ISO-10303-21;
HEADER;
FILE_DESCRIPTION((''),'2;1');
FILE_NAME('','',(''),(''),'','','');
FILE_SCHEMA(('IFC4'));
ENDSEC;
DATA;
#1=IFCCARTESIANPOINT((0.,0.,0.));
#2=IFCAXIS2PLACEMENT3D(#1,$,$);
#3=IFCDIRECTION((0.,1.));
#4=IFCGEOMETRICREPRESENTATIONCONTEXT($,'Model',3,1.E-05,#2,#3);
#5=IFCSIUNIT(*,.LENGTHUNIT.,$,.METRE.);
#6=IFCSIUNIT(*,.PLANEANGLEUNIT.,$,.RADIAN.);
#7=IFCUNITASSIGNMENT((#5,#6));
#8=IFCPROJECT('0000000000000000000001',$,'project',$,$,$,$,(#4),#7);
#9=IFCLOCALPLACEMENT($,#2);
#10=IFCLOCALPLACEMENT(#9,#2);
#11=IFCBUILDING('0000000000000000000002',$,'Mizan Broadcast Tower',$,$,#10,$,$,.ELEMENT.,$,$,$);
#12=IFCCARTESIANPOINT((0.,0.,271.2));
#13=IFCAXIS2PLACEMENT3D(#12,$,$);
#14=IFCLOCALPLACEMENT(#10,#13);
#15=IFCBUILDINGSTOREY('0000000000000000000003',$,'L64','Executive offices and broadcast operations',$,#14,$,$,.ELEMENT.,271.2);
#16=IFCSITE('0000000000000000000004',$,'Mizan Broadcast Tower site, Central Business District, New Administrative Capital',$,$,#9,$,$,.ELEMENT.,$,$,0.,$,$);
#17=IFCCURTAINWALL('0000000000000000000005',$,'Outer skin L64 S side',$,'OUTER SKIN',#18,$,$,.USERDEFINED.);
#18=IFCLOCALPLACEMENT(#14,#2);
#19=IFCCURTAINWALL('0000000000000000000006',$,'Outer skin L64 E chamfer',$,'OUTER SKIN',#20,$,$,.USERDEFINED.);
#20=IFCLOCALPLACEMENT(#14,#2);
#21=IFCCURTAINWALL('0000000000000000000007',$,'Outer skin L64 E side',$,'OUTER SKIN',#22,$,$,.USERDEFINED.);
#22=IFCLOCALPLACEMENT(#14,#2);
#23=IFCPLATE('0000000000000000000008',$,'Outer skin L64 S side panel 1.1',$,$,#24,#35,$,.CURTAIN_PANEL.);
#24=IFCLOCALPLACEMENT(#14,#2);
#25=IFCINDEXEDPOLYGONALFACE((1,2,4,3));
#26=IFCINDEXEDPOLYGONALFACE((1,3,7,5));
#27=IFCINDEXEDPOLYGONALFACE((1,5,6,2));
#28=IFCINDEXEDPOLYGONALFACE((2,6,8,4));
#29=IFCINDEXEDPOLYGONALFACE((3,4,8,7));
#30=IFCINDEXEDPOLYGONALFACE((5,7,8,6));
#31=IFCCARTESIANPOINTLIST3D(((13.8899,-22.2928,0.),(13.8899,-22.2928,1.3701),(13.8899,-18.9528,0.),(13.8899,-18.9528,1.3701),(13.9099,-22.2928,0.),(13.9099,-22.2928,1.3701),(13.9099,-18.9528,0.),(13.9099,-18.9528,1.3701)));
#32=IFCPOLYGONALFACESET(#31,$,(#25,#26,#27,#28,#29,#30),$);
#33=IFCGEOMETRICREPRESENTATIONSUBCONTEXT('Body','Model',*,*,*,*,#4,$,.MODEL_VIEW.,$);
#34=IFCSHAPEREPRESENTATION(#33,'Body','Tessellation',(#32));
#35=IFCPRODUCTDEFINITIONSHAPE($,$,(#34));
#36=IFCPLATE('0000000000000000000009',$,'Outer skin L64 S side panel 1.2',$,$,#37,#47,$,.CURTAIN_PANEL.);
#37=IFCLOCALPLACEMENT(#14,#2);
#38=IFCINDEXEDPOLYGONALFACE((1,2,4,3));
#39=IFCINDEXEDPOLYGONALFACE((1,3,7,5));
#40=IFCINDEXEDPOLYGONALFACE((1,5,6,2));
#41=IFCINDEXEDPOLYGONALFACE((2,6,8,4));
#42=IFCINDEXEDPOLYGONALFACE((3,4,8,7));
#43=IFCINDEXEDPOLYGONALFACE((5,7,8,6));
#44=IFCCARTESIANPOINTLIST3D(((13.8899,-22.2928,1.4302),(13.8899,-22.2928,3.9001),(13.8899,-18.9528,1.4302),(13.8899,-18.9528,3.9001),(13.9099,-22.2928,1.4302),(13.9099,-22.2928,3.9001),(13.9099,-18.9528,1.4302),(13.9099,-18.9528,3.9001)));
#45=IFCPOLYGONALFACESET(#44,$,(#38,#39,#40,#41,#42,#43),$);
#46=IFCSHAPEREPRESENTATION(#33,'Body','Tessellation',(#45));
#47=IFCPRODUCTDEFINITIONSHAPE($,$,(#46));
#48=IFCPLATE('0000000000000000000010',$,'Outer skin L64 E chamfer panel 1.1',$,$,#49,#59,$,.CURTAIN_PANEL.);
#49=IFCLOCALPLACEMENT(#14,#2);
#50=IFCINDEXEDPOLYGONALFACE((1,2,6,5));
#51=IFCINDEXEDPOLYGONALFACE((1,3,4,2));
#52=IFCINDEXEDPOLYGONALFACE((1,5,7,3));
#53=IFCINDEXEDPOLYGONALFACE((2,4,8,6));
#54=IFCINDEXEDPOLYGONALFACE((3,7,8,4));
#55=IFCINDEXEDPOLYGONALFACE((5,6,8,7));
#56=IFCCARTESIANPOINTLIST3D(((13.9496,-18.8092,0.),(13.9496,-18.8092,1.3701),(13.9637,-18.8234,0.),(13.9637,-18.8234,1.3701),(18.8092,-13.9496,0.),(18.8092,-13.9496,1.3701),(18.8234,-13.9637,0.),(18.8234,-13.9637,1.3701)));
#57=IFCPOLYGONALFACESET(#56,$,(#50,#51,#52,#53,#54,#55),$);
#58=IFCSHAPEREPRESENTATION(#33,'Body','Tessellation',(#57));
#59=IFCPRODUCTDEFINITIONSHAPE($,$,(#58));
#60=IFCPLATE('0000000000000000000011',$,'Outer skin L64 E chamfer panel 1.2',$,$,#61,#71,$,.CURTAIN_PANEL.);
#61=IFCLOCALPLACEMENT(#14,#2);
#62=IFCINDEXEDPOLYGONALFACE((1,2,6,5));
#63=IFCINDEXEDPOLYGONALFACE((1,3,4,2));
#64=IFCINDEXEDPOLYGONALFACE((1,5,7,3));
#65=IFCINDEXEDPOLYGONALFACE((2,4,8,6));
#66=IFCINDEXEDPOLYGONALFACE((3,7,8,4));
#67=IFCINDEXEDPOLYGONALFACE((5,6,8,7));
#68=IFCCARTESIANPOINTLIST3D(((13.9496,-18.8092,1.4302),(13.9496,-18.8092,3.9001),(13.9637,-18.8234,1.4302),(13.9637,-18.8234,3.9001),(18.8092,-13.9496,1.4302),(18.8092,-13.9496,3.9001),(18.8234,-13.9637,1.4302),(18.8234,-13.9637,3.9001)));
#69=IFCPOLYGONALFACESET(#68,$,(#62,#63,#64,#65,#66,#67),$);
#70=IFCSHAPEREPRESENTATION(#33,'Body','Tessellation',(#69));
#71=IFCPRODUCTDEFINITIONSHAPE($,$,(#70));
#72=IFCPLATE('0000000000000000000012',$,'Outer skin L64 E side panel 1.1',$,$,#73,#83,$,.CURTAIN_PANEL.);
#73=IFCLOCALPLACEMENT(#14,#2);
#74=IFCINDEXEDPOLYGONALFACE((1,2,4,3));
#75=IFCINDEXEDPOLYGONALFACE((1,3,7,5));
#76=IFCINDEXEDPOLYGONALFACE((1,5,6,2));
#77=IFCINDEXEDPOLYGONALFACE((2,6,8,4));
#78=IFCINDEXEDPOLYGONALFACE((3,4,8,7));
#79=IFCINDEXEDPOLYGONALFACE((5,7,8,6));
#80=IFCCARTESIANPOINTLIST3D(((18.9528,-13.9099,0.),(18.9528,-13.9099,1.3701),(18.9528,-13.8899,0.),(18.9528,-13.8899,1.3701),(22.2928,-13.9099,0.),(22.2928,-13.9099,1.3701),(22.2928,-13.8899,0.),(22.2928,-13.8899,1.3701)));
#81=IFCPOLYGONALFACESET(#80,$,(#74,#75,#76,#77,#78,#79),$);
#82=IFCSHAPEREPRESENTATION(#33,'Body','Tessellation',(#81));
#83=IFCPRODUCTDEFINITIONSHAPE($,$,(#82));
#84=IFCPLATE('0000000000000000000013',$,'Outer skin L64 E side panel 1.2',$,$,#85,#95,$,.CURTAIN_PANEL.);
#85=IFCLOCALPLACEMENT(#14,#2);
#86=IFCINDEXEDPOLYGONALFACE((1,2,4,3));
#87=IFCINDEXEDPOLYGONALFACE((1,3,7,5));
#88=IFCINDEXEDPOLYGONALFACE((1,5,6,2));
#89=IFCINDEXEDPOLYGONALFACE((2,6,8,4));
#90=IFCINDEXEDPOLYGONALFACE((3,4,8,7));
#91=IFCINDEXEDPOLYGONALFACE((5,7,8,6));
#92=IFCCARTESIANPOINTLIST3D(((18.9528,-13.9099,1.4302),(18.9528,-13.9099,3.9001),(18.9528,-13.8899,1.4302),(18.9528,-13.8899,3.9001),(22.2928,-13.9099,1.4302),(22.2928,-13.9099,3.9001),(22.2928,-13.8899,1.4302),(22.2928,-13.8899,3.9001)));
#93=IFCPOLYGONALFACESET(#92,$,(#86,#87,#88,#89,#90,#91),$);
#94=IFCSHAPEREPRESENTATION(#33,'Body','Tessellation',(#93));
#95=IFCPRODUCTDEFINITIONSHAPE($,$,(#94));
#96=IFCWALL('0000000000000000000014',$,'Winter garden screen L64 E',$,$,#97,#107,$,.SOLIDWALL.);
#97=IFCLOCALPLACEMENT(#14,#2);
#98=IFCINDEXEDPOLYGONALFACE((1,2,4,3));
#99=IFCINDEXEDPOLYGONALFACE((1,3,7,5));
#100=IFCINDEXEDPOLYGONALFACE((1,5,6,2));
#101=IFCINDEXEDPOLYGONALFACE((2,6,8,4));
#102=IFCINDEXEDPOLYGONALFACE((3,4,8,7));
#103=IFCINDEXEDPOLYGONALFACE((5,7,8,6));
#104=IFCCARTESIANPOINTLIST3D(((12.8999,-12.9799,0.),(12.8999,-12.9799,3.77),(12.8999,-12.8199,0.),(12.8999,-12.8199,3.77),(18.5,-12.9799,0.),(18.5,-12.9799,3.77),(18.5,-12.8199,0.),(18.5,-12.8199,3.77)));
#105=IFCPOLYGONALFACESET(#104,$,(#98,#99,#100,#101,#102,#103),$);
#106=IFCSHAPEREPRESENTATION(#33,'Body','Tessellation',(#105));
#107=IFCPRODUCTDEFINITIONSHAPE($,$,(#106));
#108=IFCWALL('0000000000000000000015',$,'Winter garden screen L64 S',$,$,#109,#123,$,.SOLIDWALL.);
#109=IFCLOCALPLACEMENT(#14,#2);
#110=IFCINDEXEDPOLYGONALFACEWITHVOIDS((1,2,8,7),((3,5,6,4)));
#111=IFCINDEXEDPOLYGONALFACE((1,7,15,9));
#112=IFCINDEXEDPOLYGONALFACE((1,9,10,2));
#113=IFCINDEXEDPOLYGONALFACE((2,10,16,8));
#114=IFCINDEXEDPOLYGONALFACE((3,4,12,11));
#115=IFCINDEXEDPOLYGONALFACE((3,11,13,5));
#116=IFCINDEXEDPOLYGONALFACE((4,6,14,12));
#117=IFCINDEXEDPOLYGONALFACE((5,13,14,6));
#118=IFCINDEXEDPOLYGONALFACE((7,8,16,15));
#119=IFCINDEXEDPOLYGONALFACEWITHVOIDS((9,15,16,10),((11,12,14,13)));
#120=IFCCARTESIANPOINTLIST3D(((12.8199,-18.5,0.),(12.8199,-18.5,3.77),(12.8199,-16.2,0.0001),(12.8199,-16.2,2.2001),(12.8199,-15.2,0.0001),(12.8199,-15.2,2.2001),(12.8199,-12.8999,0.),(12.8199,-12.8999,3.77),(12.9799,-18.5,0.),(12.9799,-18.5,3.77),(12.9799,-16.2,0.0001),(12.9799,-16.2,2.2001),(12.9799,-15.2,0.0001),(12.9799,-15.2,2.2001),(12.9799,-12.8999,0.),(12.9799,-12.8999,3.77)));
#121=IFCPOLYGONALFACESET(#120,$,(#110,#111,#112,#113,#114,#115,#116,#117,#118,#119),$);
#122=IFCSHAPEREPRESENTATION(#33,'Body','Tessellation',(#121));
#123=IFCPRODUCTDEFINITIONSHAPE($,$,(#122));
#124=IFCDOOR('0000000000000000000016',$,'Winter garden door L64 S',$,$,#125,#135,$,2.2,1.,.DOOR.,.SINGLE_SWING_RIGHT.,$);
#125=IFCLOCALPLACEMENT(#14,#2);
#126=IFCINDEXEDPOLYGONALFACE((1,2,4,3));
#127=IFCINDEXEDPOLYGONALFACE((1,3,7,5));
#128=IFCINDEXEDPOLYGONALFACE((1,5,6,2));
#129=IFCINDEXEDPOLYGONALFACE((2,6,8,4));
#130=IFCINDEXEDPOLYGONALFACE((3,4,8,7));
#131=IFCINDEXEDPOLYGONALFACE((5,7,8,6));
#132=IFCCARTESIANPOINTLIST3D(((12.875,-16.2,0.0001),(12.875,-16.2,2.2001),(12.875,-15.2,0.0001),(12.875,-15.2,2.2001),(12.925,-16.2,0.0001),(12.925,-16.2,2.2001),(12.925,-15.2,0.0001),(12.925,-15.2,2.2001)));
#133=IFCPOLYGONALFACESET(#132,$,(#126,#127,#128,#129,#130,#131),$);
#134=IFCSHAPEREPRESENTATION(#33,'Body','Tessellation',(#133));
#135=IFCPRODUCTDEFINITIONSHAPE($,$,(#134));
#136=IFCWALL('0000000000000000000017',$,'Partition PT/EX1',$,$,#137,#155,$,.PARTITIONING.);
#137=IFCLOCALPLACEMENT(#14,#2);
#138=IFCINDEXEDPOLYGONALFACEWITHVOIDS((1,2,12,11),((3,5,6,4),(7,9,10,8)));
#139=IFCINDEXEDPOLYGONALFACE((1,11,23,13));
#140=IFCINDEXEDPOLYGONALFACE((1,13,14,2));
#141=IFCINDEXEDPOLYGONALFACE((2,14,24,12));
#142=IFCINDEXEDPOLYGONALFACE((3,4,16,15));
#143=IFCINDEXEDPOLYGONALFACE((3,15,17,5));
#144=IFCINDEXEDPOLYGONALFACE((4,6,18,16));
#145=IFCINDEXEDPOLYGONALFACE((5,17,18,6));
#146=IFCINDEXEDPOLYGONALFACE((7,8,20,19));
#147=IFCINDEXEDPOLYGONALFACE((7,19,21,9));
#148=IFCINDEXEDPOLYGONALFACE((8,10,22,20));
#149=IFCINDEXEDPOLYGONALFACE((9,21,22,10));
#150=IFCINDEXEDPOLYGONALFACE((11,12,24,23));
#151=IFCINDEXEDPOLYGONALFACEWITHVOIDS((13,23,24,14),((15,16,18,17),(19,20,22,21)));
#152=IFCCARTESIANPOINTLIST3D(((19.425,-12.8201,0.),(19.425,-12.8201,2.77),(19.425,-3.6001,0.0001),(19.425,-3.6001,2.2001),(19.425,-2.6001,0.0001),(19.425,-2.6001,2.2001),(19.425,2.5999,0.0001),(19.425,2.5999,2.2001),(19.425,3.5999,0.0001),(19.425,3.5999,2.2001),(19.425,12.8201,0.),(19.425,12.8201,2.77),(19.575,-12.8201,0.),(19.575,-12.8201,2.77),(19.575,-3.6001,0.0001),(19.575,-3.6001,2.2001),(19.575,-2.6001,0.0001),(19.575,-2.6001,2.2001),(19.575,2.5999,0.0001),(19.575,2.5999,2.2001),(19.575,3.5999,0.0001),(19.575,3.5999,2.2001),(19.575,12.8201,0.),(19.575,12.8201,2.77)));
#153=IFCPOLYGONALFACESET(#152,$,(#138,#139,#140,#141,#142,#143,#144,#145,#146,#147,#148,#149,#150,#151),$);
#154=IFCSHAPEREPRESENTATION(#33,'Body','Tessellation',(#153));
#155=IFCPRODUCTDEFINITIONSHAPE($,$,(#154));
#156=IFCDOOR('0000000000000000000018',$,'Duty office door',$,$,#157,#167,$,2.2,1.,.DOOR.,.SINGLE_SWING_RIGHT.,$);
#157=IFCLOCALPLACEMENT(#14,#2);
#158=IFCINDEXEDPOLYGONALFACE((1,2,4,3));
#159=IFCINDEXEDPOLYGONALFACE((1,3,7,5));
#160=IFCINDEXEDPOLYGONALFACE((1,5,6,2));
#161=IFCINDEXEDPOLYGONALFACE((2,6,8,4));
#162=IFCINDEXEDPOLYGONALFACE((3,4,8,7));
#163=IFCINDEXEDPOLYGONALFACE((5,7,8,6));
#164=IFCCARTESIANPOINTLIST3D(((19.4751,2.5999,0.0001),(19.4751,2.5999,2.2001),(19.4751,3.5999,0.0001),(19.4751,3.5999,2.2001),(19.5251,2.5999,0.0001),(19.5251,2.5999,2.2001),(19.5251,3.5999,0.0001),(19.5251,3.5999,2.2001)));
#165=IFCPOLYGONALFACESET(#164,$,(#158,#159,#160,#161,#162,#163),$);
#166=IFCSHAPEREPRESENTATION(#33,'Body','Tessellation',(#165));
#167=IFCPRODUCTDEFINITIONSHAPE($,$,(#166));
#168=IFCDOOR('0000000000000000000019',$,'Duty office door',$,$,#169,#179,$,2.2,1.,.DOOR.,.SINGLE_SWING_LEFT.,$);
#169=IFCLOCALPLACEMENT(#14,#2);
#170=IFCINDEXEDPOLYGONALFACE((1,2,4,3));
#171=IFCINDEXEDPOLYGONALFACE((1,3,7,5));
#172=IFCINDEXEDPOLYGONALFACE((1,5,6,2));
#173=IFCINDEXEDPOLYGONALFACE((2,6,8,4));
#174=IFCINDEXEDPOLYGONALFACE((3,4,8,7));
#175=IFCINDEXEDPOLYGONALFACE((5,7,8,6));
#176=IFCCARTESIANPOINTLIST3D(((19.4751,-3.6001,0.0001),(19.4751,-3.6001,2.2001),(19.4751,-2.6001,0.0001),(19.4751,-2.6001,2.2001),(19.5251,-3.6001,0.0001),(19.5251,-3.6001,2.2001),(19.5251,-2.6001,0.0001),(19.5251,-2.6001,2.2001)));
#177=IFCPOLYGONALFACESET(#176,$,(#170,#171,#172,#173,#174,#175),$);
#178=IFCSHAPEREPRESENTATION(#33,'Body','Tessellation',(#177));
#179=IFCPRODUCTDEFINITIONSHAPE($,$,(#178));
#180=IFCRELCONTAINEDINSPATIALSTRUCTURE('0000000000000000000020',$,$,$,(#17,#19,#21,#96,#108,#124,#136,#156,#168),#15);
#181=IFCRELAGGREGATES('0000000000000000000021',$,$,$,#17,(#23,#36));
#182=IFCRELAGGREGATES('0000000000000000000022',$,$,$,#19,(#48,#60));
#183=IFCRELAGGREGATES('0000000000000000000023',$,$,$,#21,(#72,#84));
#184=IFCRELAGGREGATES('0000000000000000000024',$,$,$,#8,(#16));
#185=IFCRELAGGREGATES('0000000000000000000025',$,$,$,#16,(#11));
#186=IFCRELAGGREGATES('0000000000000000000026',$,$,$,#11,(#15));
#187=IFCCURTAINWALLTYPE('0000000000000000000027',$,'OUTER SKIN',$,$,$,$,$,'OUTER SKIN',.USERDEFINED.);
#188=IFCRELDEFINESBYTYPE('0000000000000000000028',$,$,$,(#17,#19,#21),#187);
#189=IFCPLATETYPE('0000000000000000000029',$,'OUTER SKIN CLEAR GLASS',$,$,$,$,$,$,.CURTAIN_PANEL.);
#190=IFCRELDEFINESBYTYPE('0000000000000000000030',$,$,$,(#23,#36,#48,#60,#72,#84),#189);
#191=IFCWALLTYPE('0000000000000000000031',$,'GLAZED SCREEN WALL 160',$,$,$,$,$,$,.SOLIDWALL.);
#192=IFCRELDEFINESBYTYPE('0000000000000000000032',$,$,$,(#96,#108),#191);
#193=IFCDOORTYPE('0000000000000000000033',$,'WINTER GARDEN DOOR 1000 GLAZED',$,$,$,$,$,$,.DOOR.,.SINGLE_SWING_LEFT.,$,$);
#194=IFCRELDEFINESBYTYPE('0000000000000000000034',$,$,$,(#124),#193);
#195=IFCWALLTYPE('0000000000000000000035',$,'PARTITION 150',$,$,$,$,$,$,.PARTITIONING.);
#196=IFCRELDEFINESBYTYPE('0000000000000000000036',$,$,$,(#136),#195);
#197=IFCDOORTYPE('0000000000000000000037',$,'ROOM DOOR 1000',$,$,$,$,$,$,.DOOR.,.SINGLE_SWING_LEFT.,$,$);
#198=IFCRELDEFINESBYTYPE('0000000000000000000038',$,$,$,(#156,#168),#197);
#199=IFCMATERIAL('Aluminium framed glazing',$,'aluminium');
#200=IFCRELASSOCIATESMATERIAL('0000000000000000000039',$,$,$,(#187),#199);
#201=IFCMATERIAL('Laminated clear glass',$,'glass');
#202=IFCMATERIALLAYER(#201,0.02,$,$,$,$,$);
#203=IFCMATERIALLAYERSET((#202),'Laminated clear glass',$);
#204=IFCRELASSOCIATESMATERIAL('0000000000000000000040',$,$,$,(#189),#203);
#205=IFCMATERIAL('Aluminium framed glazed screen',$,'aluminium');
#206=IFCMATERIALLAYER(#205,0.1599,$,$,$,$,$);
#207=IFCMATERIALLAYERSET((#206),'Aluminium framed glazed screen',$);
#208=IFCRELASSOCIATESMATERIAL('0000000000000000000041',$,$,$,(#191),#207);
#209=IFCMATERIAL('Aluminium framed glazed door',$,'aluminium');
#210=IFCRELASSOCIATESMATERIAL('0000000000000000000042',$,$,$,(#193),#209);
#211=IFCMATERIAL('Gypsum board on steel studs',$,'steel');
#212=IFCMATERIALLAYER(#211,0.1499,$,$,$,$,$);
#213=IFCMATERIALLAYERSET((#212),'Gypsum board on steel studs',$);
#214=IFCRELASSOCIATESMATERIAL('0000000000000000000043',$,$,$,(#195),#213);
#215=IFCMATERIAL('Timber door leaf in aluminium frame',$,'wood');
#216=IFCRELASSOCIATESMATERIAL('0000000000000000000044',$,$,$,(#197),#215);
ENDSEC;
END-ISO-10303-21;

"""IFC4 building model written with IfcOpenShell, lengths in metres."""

from ifc_helpers import new_model, si_unit, direction, frame, frame_2d, origin, origin_2d, place, context, subcontext, project, spatial, rectangle, extrude, material, layer, layer_set, type_object, element, fill, aggregate, save


model = new_model("IFC4")

# Units and contexts
model_context = context("Model", 3, precision=1e-05, world=origin(), true_north=direction((0.0, 1.0)))
body_context = subcontext(model_context, "Body", "Model", "MODEL_VIEW")
ifc_project = project(units=[si_unit("LENGTHUNIT", "METRE"), si_unit("PLANEANGLEUNIT", "RADIAN")], contexts=[model_context])

# Site, building, storey
site_placement = place(None, origin())
site = spatial("IfcSite", under=ifc_project, at=site_placement, Name="Mizan Broadcast Tower site, Central Business District, New Administrative Capital", CompositionType="ELEMENT", RefElevation=0.0)
building_placement = place(site_placement, origin())
building = spatial("IfcBuilding", under=site, at=building_placement, Name="Mizan Broadcast Tower", CompositionType="ELEMENT")
storey_placement = place(building_placement, frame((0.0, 0.0, 271.2)))
storey = spatial("IfcBuildingStorey", under=building, at=storey_placement, Name="L64", Description="Executive offices and broadcast operations", CompositionType="ELEMENT", Elevation=271.2)

# Curtain walls
ifc_material_1 = material(Name="Aluminium framed glazing", Category="aluminium")
curtain_wall_type_1 = type_object("IfcCurtainWallType", Name="OUTER SKIN", ElementType="OUTER SKIN", PredefinedType="USERDEFINED", material=ifc_material_1)
curtain_wall_1_placement = place(storey_placement, origin())
curtain_wall_1 = element("IfcCurtainWall", 1, at=curtain_wall_1_placement, inside=storey, type_object=curtain_wall_type_1, Name="Outer skin L64 S side", ObjectType="OUTER SKIN", PredefinedType="USERDEFINED")
curtain_wall_2_placement = place(storey_placement, origin())
curtain_wall_2 = element("IfcCurtainWall", 2, at=curtain_wall_2_placement, inside=storey, type_object=curtain_wall_type_1, Name="Outer skin L64 E chamfer", ObjectType="OUTER SKIN", PredefinedType="USERDEFINED")
curtain_wall_3_placement = place(storey_placement, origin())
curtain_wall_3 = element("IfcCurtainWall", 3, at=curtain_wall_3_placement, inside=storey, type_object=curtain_wall_type_1, Name="Outer skin L64 E side", ObjectType="OUTER SKIN", PredefinedType="USERDEFINED")

# Plates
ifc_material_2 = material(Name="Laminated clear glass", Category="glass")
ifc_layer_1 = layer(ifc_material_2, 0.02)
ifc_layer_set_1 = layer_set([ifc_layer_1], Name="Laminated clear glass")
plate_type_1 = type_object("IfcPlateType", Name="OUTER SKIN CLEAR GLASS", PredefinedType="CURTAIN_PANEL", material=ifc_layer_set_1)
plate_1_placement = place(storey_placement, frame((13.8999, -20.6228, 0.0), z_axis=(0.0, 0.0, 1.0), x_axis=(0.0, 1.0, 0.0)))
plate_1 = element("IfcPlate", 4, at=plate_1_placement, type_object=plate_type_1, Name="Outer skin L64 S side panel 1.1", PredefinedType="CURTAIN_PANEL", context=body_context, shape_type="SweptSolid", body=[
    extrude(rectangle(XDim=3.3401, YDim=0.02, at=origin_2d()), origin(), (0.0, 0.0, 1.0), 1.3701),
])
plate_2_placement = place(storey_placement, frame((13.8999, -20.6228, 1.4302), z_axis=(0.0, 0.0, 1.0), x_axis=(0.0, 1.0, 0.0)))
plate_2 = element("IfcPlate", 5, at=plate_2_placement, type_object=plate_type_1, Name="Outer skin L64 S side panel 1.2", PredefinedType="CURTAIN_PANEL", context=body_context, shape_type="SweptSolid", body=[
    extrude(rectangle(XDim=3.3401, YDim=0.02, at=origin_2d()), origin(), (0.0, 0.0, 1.0), 2.47),
])
aggregate(curtain_wall_1, [plate_1, plate_2])
plate_3_placement = place(storey_placement, frame((16.3865, -16.3865, 0.0), z_axis=(0.0, 0.0, 1.0), x_axis=(0.707107, 0.707107, 0.0)))
plate_3 = element("IfcPlate", 6, at=plate_3_placement, type_object=plate_type_1, Name="Outer skin L64 E chamfer panel 1.1", PredefinedType="CURTAIN_PANEL", context=body_context, shape_type="SweptSolid", body=[
    extrude(rectangle(XDim=6.8726, YDim=0.02, at=origin_2d()), origin(), (0.0, 0.0, 1.0), 1.3701),
])
plate_4_placement = place(storey_placement, frame((16.3865, -16.3865, 1.4302), z_axis=(0.0, 0.0, 1.0), x_axis=(0.707107, 0.707107, 0.0)))
plate_4 = element("IfcPlate", 7, at=plate_4_placement, type_object=plate_type_1, Name="Outer skin L64 E chamfer panel 1.2", PredefinedType="CURTAIN_PANEL", context=body_context, shape_type="SweptSolid", body=[
    extrude(rectangle(XDim=6.8726, YDim=0.02, at=origin_2d()), origin(), (0.0, 0.0, 1.0), 2.47),
])
aggregate(curtain_wall_2, [plate_3, plate_4])
plate_5_placement = place(storey_placement, frame((20.6228, -13.8999, 0.0), z_axis=(0.0, 0.0, 1.0), x_axis=(1.0, 0.0, 0.0)))
plate_5 = element("IfcPlate", 8, at=plate_5_placement, type_object=plate_type_1, Name="Outer skin L64 E side panel 1.1", PredefinedType="CURTAIN_PANEL", context=body_context, shape_type="SweptSolid", body=[
    extrude(rectangle(XDim=3.3401, YDim=0.02, at=origin_2d()), origin(), (0.0, 0.0, 1.0), 1.3701),
])
plate_6_placement = place(storey_placement, frame((20.6228, -13.8999, 1.4302), z_axis=(0.0, 0.0, 1.0), x_axis=(1.0, 0.0, 0.0)))
plate_6 = element("IfcPlate", 9, at=plate_6_placement, type_object=plate_type_1, Name="Outer skin L64 E side panel 1.2", PredefinedType="CURTAIN_PANEL", context=body_context, shape_type="SweptSolid", body=[
    extrude(rectangle(XDim=3.3401, YDim=0.02, at=origin_2d()), origin(), (0.0, 0.0, 1.0), 2.47),
])
aggregate(curtain_wall_3, [plate_5, plate_6])

# Wall
ifc_material_3 = material(Name="Aluminium framed glazed screen", Category="aluminium")
ifc_layer_2 = layer(ifc_material_3, 0.1599)
ifc_layer_set_2 = layer_set([ifc_layer_2], Name="Aluminium framed glazed screen")
wall_type_1 = type_object("IfcWallType", Name="GLAZED SCREEN WALL 160", PredefinedType="SOLIDWALL", material=ifc_layer_set_2)
wall_1_placement = place(storey_placement, frame((12.8999, -12.8999, 0.0), z_axis=(0.0, 0.0, 1.0), x_axis=(1.0, 0.0, 0.0)))
element("IfcWall", 10, at=wall_1_placement, inside=storey, type_object=wall_type_1, Name="Winter garden screen L64 E", PredefinedType="SOLIDWALL", context=body_context, shape_type="SweptSolid", body=[
    extrude(rectangle(XDim=5.6001, YDim=0.1599, at=frame_2d((2.8, 0.0))), origin(), (0.0, 0.0, 1.0), 3.77),
])

# Wall, opening, door
wall_2_placement = place(storey_placement, frame((12.8999, -18.5, 0.0), z_axis=(0.0, 0.0, 1.0), x_axis=(0.0, 1.0, 0.0)))
wall_2 = element("IfcWall", 11, at=wall_2_placement, inside=storey, type_object=wall_type_1, Name="Winter garden screen L64 S", PredefinedType="SOLIDWALL", context=body_context, shape_type="SweptSolid", body=[
    extrude(rectangle(XDim=5.6001, YDim=0.1599, at=frame_2d((2.8, 0.0))), origin(), (0.0, 0.0, 1.0), 3.77),
])
opening_1_placement = place(wall_2_placement, frame((2.3, 0.0, 0.0)))
opening_1 = element("IfcOpeningElement", 12, at=opening_1_placement, cuts=wall_2, PredefinedType="OPENING", context=body_context, shape_type="SweptSolid", body=[
    extrude(rectangle(XDim=1.0, YDim=2.2, at=frame_2d((0.5, 1.1001))), frame((0.0, 0.0898, 0.0), z_axis=(0.0, -1.0, 0.0), x_axis=(1.0, 0.0, 0.0)), (0.0, 0.0, 1.0), 0.1799),
])
ifc_material_4 = material(Name="Aluminium framed glazed door", Category="aluminium")
door_type_1 = type_object("IfcDoorType", Name="WINTER GARDEN DOOR 1000 GLAZED", OperationType="SINGLE_SWING_LEFT", PredefinedType="DOOR", material=ifc_material_4)
door_1_placement = place(opening_1_placement, origin())
door_1 = element("IfcDoor", 13, at=door_1_placement, inside=storey, type_object=door_type_1, Name="Winter garden door L64 S", OperationType="SINGLE_SWING_RIGHT", OverallHeight=2.2, OverallWidth=1.0, PredefinedType="DOOR", context=body_context, shape_type="SweptSolid", body=[
    extrude(rectangle(XDim=1.0, YDim=2.2, at=frame_2d((0.5, 1.1001))), frame((0.0, 0.0249, 0.0), z_axis=(0.0, -1.0, 0.0), x_axis=(1.0, 0.0, 0.0)), (0.0, 0.0, 1.0), 0.05),
])
fill(opening_1, door_1)

# Wall, openings, doors
ifc_material_5 = material(Name="Gypsum board on steel studs", Category="steel")
ifc_layer_3 = layer(ifc_material_5, 0.1499)
ifc_layer_set_3 = layer_set([ifc_layer_3], Name="Gypsum board on steel studs")
wall_type_2 = type_object("IfcWallType", Name="PARTITION 150", PredefinedType="PARTITIONING", material=ifc_layer_set_3)
wall_3_placement = place(storey_placement, frame((19.5, -12.8201, 0.0), z_axis=(0.0, 0.0, 1.0), x_axis=(0.0, 1.0, 0.0)))
wall_3 = element("IfcWall", 14, at=wall_3_placement, inside=storey, type_object=wall_type_2, Name="Partition PT/EX1", PredefinedType="PARTITIONING", context=body_context, shape_type="SweptSolid", body=[
    extrude(rectangle(XDim=25.6401, YDim=0.1499, at=frame_2d((12.8201, 0.0))), origin(), (0.0, 0.0, 1.0), 2.77),
])
opening_2_placement = place(wall_3_placement, frame((15.4199, 0.0, 0.0)))
opening_2 = element("IfcOpeningElement", 15, at=opening_2_placement, cuts=wall_3, PredefinedType="OPENING", context=body_context, shape_type="SweptSolid", body=[
    extrude(rectangle(XDim=1.0, YDim=2.2, at=frame_2d((0.5, 1.1001))), frame((0.0, 0.085, 0.0), z_axis=(0.0, -1.0, 0.0), x_axis=(1.0, 0.0, 0.0)), (0.0, 0.0, 1.0), 0.1699),
])
opening_3_placement = place(wall_3_placement, frame((9.22, 0.0, 0.0)))
opening_3 = element("IfcOpeningElement", 16, at=opening_3_placement, cuts=wall_3, PredefinedType="OPENING", context=body_context, shape_type="SweptSolid", body=[
    extrude(rectangle(XDim=1.0, YDim=2.2, at=frame_2d((0.5, 1.1001))), frame((0.0, 0.085, 0.0), z_axis=(0.0, -1.0, 0.0), x_axis=(1.0, 0.0, 0.0)), (0.0, 0.0, 1.0), 0.1699),
])
ifc_material_6 = material(Name="Timber door leaf in aluminium frame", Category="wood")
door_type_2 = type_object("IfcDoorType", Name="ROOM DOOR 1000", OperationType="SINGLE_SWING_LEFT", PredefinedType="DOOR", material=ifc_material_6)
door_2_placement = place(opening_2_placement, origin())
door_2 = element("IfcDoor", 17, at=door_2_placement, inside=storey, type_object=door_type_2, Name="Duty office door", OperationType="SINGLE_SWING_RIGHT", OverallHeight=2.2, OverallWidth=1.0, PredefinedType="DOOR", context=body_context, shape_type="SweptSolid", body=[
    extrude(rectangle(XDim=1.0, YDim=2.2, at=frame_2d((0.5, 1.1001))), frame((0.0, 0.0249, 0.0), z_axis=(0.0, -1.0, 0.0), x_axis=(1.0, 0.0, 0.0)), (0.0, 0.0, 1.0), 0.05),
])
fill(opening_2, door_2)
door_3_placement = place(opening_3_placement, origin())
door_3 = element("IfcDoor", 18, at=door_3_placement, inside=storey, type_object=door_type_2, Name="Duty office door", OperationType="SINGLE_SWING_LEFT", OverallHeight=2.2, OverallWidth=1.0, PredefinedType="DOOR", context=body_context, shape_type="SweptSolid", body=[
    extrude(rectangle(XDim=1.0, YDim=2.2, at=frame_2d((0.5, 1.1001))), frame((0.0, 0.0249, 0.0), z_axis=(0.0, -1.0, 0.0), x_axis=(1.0, 0.0, 0.0)), (0.0, 0.0, 1.0), 0.05),
])
fill(opening_3, door_3)

save(model, "model.ifc")
